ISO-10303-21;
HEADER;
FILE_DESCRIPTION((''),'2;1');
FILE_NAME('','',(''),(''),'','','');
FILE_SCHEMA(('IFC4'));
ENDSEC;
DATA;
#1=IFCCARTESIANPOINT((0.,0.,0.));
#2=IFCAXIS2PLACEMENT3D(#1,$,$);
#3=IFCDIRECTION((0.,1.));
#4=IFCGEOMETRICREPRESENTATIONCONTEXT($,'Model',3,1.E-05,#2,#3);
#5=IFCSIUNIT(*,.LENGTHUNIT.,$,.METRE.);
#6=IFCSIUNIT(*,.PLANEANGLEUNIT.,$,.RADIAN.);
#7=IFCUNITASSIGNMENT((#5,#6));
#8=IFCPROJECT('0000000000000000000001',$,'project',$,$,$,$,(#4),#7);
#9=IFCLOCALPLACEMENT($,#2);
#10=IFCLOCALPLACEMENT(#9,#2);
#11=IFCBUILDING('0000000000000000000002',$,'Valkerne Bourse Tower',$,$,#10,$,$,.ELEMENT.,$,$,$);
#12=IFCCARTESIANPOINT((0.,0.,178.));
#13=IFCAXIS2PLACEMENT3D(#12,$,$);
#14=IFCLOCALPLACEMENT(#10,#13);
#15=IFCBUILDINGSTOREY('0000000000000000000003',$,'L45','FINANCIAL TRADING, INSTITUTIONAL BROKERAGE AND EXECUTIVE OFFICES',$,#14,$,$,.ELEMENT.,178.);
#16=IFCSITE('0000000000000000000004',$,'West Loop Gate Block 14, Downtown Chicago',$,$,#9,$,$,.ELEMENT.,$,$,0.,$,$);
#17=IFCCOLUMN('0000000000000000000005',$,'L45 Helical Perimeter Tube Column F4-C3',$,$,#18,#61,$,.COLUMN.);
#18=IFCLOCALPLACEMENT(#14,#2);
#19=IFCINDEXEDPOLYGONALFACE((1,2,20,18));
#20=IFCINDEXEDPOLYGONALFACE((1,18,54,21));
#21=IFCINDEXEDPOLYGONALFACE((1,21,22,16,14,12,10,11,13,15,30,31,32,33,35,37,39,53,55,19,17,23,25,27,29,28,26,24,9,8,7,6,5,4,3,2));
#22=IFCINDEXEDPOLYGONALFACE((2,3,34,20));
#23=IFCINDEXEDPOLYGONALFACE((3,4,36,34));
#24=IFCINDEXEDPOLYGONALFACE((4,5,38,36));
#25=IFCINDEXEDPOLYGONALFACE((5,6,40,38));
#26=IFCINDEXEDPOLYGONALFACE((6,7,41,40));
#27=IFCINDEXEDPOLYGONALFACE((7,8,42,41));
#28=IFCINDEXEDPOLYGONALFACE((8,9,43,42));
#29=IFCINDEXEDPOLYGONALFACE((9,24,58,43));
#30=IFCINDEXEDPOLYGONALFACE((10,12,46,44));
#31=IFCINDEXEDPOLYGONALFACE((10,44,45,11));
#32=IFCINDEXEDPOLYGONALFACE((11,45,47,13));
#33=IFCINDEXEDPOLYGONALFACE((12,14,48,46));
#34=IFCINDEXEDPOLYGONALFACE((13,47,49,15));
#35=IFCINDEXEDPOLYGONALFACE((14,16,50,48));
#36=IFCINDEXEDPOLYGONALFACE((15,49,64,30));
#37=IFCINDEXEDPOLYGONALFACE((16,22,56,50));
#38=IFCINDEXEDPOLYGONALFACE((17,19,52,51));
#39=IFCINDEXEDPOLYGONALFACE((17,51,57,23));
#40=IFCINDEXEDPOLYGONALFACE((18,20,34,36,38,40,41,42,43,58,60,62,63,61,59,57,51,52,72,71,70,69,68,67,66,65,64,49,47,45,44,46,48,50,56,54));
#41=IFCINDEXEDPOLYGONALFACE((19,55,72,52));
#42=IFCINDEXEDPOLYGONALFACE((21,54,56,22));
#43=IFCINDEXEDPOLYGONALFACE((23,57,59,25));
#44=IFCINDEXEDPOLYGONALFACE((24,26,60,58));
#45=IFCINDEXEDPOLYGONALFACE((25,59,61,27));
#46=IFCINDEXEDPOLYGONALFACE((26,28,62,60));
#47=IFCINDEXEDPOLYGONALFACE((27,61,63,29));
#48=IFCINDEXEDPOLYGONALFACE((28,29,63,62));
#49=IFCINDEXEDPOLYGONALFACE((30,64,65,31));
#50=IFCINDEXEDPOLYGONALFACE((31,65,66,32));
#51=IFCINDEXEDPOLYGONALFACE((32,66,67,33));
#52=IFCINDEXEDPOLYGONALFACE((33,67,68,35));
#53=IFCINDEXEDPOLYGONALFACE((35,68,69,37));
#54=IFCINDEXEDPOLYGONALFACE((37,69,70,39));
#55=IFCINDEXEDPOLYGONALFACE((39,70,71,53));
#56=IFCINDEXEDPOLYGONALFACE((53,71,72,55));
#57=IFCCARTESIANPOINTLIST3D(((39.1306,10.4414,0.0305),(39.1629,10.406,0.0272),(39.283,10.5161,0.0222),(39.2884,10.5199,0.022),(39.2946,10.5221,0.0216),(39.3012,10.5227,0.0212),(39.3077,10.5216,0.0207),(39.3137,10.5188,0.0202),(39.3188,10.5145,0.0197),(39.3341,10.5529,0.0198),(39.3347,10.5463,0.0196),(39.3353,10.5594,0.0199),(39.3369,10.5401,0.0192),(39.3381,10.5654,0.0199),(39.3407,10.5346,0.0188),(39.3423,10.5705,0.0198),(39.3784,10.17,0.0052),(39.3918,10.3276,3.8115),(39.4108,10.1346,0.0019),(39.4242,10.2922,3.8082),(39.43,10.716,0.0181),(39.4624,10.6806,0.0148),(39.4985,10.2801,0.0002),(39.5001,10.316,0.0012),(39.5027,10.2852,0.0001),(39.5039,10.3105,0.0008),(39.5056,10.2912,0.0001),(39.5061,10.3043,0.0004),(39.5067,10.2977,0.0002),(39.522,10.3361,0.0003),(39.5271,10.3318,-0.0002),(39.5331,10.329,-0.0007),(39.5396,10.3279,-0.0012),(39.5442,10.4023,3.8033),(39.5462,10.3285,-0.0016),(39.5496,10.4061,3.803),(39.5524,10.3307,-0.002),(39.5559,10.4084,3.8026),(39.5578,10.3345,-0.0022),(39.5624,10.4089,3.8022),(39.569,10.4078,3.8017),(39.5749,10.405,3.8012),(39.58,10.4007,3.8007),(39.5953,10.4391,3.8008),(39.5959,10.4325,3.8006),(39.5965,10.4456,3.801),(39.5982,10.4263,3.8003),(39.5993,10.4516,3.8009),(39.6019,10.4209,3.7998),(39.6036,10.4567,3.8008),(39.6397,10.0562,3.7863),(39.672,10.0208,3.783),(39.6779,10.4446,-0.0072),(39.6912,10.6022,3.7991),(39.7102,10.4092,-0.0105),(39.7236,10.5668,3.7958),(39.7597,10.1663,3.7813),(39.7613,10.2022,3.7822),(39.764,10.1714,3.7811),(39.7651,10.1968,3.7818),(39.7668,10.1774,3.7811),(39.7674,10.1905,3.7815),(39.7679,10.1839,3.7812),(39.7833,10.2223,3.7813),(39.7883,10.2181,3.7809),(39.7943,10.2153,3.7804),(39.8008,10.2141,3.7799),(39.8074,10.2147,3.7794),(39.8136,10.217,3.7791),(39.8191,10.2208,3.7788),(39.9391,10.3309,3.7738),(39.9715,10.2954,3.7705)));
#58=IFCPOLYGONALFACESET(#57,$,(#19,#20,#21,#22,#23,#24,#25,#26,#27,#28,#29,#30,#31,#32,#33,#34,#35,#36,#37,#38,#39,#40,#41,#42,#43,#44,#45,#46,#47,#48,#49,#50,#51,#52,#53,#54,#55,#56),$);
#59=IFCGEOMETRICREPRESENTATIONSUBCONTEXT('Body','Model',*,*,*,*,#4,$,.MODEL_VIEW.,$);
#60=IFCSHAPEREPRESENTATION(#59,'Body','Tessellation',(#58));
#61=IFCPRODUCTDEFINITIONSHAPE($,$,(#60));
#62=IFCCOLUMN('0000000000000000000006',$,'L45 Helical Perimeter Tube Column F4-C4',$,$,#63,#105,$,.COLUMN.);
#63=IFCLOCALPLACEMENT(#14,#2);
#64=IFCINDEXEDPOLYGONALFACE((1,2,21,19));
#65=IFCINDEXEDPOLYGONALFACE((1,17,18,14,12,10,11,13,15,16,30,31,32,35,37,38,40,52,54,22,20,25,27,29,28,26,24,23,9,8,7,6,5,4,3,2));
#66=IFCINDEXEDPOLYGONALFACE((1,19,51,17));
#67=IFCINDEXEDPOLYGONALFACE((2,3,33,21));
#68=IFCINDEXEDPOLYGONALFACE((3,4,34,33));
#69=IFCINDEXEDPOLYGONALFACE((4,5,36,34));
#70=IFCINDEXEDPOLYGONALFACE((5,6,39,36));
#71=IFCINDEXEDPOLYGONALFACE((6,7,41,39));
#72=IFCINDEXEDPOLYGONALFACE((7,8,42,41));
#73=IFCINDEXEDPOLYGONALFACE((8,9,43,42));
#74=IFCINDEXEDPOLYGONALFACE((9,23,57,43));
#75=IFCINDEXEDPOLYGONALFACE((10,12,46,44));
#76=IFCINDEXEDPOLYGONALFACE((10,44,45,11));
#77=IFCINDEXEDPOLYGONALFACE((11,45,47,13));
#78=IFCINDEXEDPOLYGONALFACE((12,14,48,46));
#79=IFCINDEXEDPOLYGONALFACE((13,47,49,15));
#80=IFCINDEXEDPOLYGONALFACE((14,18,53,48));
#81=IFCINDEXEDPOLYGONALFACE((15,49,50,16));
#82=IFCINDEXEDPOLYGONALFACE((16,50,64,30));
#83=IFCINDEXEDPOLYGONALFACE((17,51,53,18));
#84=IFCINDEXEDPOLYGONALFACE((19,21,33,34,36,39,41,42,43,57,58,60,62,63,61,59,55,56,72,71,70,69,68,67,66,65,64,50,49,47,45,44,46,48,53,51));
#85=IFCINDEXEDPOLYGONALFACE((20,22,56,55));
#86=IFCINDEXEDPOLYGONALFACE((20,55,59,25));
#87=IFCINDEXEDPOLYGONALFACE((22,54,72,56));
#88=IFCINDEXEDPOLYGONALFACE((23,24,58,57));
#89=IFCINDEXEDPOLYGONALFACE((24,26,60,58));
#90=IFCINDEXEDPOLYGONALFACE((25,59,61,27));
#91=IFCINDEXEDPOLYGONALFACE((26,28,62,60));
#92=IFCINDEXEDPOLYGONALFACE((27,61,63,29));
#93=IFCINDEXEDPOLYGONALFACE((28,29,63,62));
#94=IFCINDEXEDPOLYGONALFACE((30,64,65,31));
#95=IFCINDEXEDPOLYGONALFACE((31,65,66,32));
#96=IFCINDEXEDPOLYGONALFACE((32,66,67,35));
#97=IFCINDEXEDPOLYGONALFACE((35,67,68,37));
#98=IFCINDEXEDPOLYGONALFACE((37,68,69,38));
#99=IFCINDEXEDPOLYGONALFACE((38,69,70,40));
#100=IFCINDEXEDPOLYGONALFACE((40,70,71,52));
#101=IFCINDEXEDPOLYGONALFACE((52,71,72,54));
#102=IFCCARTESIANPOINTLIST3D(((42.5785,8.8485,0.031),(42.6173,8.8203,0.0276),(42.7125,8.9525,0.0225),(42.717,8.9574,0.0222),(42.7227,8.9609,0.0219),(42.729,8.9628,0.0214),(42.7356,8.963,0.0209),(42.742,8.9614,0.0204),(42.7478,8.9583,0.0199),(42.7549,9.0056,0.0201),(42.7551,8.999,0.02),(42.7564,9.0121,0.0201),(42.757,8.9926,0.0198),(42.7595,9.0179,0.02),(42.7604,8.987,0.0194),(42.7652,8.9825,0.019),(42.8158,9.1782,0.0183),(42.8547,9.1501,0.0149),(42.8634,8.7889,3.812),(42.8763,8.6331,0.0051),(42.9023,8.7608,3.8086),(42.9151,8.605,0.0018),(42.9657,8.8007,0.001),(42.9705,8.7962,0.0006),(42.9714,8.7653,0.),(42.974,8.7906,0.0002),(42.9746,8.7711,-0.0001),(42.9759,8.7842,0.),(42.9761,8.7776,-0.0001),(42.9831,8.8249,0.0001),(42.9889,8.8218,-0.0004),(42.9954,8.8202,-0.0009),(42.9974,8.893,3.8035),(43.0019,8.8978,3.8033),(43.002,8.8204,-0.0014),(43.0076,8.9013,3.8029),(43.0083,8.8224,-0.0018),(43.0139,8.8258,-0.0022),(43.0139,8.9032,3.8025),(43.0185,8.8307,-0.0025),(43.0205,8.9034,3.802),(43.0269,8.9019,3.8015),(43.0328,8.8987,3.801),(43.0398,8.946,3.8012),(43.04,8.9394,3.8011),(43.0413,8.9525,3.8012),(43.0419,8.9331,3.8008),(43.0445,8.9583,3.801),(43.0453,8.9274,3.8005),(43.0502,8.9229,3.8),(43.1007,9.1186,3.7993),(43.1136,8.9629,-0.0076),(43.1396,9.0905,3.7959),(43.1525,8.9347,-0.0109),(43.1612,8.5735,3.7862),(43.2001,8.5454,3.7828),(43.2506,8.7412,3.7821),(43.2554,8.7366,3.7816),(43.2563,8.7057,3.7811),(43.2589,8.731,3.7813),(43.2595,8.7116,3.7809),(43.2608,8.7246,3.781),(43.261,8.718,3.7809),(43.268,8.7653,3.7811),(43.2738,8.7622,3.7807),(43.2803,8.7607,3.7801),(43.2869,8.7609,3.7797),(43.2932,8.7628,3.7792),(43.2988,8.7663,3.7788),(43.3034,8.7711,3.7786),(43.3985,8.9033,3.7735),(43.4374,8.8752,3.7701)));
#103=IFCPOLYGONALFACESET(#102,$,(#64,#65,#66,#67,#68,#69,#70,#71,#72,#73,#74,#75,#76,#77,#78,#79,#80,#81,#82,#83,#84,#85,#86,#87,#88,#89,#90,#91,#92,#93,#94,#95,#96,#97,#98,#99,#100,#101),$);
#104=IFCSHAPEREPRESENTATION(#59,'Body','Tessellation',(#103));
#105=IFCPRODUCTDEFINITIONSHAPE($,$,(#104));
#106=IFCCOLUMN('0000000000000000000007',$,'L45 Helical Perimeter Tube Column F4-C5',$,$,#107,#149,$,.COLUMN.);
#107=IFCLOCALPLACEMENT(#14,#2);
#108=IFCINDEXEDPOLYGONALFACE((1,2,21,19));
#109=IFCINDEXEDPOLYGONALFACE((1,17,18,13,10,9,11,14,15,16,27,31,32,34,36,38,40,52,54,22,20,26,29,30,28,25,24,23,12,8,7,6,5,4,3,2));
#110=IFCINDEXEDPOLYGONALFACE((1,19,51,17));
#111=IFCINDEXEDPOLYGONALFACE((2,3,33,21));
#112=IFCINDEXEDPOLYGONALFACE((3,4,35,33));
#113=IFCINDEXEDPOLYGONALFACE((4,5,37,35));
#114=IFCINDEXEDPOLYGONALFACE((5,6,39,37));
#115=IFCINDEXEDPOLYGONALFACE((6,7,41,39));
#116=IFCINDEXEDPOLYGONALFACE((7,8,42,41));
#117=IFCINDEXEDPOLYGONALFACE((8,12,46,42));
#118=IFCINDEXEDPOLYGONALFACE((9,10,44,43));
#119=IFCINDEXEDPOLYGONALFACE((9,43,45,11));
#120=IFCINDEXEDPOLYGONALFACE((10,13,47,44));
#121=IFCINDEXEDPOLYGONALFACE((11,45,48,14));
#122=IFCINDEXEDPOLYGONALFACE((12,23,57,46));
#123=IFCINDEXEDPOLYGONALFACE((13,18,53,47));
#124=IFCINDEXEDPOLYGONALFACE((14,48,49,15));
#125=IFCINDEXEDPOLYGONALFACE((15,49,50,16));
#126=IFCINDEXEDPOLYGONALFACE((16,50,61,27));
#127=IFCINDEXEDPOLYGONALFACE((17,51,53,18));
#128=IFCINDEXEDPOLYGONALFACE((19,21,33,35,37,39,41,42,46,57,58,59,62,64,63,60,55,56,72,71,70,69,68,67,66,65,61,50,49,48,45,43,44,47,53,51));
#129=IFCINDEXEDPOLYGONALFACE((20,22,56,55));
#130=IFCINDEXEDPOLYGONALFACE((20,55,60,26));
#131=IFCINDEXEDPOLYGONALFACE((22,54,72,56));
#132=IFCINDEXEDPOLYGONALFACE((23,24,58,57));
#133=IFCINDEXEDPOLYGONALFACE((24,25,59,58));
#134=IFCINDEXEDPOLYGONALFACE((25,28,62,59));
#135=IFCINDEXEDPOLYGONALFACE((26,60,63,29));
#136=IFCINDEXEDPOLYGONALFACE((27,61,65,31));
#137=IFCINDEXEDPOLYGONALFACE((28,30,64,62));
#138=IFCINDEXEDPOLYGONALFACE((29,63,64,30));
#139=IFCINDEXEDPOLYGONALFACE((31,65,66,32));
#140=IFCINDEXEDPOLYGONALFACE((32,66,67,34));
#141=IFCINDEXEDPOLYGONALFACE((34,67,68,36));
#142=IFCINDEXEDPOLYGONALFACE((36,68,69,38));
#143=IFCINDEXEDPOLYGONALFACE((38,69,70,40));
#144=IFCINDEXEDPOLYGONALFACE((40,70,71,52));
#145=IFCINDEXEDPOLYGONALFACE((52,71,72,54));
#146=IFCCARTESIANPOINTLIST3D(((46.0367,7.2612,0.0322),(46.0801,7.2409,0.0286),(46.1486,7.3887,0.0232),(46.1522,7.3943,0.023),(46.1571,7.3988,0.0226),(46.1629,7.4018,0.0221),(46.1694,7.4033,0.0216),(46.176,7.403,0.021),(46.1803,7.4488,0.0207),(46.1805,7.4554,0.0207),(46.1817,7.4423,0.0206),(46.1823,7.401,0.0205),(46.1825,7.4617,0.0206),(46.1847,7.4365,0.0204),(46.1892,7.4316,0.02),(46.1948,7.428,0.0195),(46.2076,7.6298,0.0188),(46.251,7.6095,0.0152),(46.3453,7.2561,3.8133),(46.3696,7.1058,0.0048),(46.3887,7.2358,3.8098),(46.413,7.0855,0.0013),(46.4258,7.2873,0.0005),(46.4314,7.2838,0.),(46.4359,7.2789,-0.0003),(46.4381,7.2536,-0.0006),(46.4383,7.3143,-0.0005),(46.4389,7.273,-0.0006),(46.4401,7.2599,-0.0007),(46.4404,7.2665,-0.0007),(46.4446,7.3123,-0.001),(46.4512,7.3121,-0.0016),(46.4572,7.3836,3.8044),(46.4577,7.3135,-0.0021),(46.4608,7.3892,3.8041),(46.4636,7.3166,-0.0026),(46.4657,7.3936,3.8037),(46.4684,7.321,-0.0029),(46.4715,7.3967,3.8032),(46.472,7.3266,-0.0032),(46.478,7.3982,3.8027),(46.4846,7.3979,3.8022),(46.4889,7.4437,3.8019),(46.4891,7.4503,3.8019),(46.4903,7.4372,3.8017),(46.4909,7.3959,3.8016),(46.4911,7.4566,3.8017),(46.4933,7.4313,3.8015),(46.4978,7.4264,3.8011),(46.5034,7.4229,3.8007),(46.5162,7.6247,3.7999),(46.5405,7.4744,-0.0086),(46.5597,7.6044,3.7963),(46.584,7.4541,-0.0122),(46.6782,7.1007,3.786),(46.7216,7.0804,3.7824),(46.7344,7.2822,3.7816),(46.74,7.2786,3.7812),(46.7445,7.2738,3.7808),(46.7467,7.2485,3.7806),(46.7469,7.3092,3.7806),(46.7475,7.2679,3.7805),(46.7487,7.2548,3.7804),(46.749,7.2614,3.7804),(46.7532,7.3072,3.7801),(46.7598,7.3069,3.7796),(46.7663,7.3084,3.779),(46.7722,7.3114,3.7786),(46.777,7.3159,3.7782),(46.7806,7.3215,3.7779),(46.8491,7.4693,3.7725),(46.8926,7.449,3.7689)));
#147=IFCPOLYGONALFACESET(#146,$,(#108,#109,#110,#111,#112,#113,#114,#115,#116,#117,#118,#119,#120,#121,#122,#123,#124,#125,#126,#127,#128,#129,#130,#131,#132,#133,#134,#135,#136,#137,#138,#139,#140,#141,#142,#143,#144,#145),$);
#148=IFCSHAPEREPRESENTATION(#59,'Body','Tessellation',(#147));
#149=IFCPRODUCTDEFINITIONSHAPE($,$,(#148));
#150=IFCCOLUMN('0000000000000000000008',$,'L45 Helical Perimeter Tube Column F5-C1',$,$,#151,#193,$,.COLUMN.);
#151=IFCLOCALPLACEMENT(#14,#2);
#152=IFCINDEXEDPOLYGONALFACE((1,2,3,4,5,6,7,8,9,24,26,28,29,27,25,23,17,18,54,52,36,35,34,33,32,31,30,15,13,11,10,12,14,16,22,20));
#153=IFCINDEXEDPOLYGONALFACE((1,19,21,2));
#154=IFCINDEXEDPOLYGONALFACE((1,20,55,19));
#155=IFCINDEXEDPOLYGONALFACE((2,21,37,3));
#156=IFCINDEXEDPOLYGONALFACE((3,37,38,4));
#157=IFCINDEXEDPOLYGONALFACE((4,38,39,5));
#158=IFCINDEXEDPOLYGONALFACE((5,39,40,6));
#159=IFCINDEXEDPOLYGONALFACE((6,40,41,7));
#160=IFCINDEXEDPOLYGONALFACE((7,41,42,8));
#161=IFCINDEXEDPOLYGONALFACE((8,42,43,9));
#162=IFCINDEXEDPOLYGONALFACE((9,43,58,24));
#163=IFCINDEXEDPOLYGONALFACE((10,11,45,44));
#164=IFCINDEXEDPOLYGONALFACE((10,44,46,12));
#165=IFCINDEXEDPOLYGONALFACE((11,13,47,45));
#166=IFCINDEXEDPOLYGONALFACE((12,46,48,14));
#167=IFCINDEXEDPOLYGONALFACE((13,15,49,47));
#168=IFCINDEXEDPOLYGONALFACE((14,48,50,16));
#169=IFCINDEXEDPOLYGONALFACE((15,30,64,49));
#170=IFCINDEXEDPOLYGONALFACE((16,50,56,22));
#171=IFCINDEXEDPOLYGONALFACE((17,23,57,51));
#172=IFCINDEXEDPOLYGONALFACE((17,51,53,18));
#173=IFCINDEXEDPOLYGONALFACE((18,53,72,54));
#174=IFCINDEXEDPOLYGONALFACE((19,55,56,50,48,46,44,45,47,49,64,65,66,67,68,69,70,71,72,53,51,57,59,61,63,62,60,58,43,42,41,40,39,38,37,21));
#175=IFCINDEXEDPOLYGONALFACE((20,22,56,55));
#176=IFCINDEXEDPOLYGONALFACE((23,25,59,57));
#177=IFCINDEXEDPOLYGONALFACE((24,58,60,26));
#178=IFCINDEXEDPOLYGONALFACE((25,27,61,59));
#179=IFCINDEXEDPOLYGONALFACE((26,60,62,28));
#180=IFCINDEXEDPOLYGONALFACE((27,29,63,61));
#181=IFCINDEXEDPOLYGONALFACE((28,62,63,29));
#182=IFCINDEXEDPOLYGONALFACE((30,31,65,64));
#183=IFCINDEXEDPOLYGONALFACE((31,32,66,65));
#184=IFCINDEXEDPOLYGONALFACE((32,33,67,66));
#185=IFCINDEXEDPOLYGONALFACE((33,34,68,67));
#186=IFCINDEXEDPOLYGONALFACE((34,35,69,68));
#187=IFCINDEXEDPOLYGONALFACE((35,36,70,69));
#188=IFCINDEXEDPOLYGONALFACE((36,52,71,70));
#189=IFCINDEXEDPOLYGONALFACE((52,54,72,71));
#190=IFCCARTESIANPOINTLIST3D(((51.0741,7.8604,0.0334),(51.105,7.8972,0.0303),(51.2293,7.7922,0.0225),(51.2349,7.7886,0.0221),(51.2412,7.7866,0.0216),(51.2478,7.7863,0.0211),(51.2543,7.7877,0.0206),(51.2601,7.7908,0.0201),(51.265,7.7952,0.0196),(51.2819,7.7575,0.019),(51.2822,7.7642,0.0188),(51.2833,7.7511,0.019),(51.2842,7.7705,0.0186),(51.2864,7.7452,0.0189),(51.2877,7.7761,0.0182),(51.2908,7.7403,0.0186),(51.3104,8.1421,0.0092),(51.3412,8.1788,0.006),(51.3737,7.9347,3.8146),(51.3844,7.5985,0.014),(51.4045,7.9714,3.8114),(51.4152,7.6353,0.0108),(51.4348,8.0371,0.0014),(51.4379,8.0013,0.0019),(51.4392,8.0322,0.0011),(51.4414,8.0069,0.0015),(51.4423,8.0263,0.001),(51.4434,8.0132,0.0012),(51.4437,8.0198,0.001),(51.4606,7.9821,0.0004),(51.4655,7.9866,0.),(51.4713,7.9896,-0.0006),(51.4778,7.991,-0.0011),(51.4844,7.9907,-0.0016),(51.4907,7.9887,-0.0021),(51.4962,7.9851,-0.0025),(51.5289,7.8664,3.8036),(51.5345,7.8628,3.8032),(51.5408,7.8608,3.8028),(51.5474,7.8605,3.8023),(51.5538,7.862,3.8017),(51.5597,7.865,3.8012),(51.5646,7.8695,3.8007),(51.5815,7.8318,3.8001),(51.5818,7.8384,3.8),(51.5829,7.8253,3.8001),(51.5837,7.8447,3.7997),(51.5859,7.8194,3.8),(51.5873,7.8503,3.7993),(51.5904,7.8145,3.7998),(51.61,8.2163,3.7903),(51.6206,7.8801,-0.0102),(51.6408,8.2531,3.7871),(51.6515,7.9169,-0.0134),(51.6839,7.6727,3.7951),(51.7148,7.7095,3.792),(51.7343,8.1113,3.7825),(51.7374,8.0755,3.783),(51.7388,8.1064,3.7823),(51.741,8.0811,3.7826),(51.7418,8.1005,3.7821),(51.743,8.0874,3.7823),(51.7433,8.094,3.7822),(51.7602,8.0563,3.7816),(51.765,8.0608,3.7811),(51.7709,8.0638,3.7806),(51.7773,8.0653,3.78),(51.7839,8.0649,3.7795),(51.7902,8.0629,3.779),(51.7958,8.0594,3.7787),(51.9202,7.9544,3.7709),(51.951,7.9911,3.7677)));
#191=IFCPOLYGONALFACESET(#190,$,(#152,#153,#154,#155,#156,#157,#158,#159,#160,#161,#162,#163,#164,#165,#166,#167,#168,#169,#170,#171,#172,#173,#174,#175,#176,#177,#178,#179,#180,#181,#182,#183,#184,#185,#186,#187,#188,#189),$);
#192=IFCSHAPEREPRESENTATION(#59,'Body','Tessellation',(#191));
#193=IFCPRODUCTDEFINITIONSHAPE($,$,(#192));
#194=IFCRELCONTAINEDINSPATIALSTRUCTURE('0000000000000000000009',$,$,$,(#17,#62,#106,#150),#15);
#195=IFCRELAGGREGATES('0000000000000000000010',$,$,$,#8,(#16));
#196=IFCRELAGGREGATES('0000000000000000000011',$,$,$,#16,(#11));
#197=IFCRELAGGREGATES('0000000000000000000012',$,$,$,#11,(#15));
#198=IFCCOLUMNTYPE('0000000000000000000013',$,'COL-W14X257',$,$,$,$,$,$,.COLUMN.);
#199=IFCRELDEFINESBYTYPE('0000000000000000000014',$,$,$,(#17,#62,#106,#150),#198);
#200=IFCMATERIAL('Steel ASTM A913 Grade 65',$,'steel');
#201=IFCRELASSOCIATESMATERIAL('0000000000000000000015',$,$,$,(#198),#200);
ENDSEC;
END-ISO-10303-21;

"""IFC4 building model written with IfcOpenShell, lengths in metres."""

from ifc_helpers import new_model, si_unit, direction, frame, origin, origin_2d, place, context, subcontext, project, spatial, i_section, extrude, material, material_profile, profile_set, type_object, element, save


model = new_model("IFC4")

# Units and contexts
model_context = context("Model", 3, precision=1e-05, world=origin(), true_north=direction((0.0, 1.0)))
body_context = subcontext(model_context, "Body", "Model", "MODEL_VIEW")
ifc_project = project(units=[si_unit("LENGTHUNIT", "METRE"), si_unit("PLANEANGLEUNIT", "RADIAN")], contexts=[model_context])

# Site, building, storey
site_placement = place(None, origin())
site = spatial("IfcSite", under=ifc_project, at=site_placement, Name="West Loop Gate Block 14, Downtown Chicago", CompositionType="ELEMENT", RefElevation=0.0)
building_placement = place(site_placement, origin())
building = spatial("IfcBuilding", under=site, at=building_placement, Name="Valkerne Bourse Tower", CompositionType="ELEMENT")
storey_placement = place(building_placement, frame((0.0, 0.0, 178.0)))
storey = spatial("IfcBuildingStorey", under=building, at=storey_placement, Name="L45", Description="FINANCIAL TRADING, INSTITUTIONAL BROKERAGE AND EXECUTIVE OFFICES", CompositionType="ELEMENT", Elevation=178.0)

# Columns
ifc_material_1 = material(Name="Steel ASTM A913 Grade 65", Category="steel")
ifc_material_profile_1 = material_profile(ifc_material_1, i_section(OverallWidth=0.4065, OverallDepth=0.4165, WebThickness=0.0298, FlangeThickness=0.0481, FilletRadius=0.0254, at=origin_2d()), Name="W14X257")
ifc_profile_set_1 = profile_set([ifc_material_profile_1], Name="Steel ASTM A913 Grade 65")
column_type = type_object("IfcColumnType", Name="COL-W14X257", PredefinedType="COLUMN", material=ifc_profile_set_1)
column_1_placement = place(storey_placement, frame((39.4204, 10.4253, 0.01), z_axis=(0.068895, -0.030005, 0.997173), x_axis=(0.736621, 0.675614, -0.030564)))
element("IfcColumn", 1, at=column_1_placement, inside=storey, type_object=column_type, Name="L45 Helical Perimeter Tube Column F4-C3", PredefinedType="COLUMN", context=body_context, shape_type="SweptSolid", body=[
    extrude(i_section(OverallWidth=0.4065, OverallDepth=0.4165, WebThickness=0.0298, FlangeThickness=0.0481, FilletRadius=0.0254, at=origin_2d()), origin(), (0.0, 0.0, 1.0), 3.7917),
])
column_2_placement = place(storey_placement, frame((42.8655, 8.8916, 0.01), z_axis=(0.075131, -0.015709, 0.99705), x_axis=(0.583917, 0.811213, -0.031219)))
element("IfcColumn", 2, at=column_2_placement, inside=storey, type_object=column_type, Name="L45 Helical Perimeter Tube Column F4-C4", PredefinedType="COLUMN", context=body_context, shape_type="SweptSolid", body=[
    extrude(i_section(OverallWidth=0.4065, OverallDepth=0.4165, WebThickness=0.0298, FlangeThickness=0.0481, FilletRadius=0.0254, at=origin_2d()), origin(), (0.0, 0.0, 1.0), 3.7922),
])
for number, where, z_axis, x_axis, name in (
    (3, (46.3103, 7.3577, 0.01), (0.081346, -0.001351, 0.996685), (0.420508, 0.906685, -0.033091), "L45 Helical Perimeter Tube Column F4-C5"),
    (4, (51.3628, 7.8887, 0.01), (0.078965, 0.019564, 0.996685), (-0.763202, 0.644388, 0.047818), "L45 Helical Perimeter Tube Column F5-C1"),
):
    element("IfcColumn", number, at=place(storey_placement, frame(where, z_axis=z_axis, x_axis=x_axis)), inside=storey, type_object=column_type, Name=name, PredefinedType="COLUMN", context=body_context, shape_type="SweptSolid", body=[
        extrude(i_section(OverallWidth=0.4065, OverallDepth=0.4165, WebThickness=0.0298, FlangeThickness=0.0481, FilletRadius=0.0254, at=origin_2d()), origin(), (0.0, 0.0, 1.0), 3.7937),
    ])

save(model, "model.ifc")
